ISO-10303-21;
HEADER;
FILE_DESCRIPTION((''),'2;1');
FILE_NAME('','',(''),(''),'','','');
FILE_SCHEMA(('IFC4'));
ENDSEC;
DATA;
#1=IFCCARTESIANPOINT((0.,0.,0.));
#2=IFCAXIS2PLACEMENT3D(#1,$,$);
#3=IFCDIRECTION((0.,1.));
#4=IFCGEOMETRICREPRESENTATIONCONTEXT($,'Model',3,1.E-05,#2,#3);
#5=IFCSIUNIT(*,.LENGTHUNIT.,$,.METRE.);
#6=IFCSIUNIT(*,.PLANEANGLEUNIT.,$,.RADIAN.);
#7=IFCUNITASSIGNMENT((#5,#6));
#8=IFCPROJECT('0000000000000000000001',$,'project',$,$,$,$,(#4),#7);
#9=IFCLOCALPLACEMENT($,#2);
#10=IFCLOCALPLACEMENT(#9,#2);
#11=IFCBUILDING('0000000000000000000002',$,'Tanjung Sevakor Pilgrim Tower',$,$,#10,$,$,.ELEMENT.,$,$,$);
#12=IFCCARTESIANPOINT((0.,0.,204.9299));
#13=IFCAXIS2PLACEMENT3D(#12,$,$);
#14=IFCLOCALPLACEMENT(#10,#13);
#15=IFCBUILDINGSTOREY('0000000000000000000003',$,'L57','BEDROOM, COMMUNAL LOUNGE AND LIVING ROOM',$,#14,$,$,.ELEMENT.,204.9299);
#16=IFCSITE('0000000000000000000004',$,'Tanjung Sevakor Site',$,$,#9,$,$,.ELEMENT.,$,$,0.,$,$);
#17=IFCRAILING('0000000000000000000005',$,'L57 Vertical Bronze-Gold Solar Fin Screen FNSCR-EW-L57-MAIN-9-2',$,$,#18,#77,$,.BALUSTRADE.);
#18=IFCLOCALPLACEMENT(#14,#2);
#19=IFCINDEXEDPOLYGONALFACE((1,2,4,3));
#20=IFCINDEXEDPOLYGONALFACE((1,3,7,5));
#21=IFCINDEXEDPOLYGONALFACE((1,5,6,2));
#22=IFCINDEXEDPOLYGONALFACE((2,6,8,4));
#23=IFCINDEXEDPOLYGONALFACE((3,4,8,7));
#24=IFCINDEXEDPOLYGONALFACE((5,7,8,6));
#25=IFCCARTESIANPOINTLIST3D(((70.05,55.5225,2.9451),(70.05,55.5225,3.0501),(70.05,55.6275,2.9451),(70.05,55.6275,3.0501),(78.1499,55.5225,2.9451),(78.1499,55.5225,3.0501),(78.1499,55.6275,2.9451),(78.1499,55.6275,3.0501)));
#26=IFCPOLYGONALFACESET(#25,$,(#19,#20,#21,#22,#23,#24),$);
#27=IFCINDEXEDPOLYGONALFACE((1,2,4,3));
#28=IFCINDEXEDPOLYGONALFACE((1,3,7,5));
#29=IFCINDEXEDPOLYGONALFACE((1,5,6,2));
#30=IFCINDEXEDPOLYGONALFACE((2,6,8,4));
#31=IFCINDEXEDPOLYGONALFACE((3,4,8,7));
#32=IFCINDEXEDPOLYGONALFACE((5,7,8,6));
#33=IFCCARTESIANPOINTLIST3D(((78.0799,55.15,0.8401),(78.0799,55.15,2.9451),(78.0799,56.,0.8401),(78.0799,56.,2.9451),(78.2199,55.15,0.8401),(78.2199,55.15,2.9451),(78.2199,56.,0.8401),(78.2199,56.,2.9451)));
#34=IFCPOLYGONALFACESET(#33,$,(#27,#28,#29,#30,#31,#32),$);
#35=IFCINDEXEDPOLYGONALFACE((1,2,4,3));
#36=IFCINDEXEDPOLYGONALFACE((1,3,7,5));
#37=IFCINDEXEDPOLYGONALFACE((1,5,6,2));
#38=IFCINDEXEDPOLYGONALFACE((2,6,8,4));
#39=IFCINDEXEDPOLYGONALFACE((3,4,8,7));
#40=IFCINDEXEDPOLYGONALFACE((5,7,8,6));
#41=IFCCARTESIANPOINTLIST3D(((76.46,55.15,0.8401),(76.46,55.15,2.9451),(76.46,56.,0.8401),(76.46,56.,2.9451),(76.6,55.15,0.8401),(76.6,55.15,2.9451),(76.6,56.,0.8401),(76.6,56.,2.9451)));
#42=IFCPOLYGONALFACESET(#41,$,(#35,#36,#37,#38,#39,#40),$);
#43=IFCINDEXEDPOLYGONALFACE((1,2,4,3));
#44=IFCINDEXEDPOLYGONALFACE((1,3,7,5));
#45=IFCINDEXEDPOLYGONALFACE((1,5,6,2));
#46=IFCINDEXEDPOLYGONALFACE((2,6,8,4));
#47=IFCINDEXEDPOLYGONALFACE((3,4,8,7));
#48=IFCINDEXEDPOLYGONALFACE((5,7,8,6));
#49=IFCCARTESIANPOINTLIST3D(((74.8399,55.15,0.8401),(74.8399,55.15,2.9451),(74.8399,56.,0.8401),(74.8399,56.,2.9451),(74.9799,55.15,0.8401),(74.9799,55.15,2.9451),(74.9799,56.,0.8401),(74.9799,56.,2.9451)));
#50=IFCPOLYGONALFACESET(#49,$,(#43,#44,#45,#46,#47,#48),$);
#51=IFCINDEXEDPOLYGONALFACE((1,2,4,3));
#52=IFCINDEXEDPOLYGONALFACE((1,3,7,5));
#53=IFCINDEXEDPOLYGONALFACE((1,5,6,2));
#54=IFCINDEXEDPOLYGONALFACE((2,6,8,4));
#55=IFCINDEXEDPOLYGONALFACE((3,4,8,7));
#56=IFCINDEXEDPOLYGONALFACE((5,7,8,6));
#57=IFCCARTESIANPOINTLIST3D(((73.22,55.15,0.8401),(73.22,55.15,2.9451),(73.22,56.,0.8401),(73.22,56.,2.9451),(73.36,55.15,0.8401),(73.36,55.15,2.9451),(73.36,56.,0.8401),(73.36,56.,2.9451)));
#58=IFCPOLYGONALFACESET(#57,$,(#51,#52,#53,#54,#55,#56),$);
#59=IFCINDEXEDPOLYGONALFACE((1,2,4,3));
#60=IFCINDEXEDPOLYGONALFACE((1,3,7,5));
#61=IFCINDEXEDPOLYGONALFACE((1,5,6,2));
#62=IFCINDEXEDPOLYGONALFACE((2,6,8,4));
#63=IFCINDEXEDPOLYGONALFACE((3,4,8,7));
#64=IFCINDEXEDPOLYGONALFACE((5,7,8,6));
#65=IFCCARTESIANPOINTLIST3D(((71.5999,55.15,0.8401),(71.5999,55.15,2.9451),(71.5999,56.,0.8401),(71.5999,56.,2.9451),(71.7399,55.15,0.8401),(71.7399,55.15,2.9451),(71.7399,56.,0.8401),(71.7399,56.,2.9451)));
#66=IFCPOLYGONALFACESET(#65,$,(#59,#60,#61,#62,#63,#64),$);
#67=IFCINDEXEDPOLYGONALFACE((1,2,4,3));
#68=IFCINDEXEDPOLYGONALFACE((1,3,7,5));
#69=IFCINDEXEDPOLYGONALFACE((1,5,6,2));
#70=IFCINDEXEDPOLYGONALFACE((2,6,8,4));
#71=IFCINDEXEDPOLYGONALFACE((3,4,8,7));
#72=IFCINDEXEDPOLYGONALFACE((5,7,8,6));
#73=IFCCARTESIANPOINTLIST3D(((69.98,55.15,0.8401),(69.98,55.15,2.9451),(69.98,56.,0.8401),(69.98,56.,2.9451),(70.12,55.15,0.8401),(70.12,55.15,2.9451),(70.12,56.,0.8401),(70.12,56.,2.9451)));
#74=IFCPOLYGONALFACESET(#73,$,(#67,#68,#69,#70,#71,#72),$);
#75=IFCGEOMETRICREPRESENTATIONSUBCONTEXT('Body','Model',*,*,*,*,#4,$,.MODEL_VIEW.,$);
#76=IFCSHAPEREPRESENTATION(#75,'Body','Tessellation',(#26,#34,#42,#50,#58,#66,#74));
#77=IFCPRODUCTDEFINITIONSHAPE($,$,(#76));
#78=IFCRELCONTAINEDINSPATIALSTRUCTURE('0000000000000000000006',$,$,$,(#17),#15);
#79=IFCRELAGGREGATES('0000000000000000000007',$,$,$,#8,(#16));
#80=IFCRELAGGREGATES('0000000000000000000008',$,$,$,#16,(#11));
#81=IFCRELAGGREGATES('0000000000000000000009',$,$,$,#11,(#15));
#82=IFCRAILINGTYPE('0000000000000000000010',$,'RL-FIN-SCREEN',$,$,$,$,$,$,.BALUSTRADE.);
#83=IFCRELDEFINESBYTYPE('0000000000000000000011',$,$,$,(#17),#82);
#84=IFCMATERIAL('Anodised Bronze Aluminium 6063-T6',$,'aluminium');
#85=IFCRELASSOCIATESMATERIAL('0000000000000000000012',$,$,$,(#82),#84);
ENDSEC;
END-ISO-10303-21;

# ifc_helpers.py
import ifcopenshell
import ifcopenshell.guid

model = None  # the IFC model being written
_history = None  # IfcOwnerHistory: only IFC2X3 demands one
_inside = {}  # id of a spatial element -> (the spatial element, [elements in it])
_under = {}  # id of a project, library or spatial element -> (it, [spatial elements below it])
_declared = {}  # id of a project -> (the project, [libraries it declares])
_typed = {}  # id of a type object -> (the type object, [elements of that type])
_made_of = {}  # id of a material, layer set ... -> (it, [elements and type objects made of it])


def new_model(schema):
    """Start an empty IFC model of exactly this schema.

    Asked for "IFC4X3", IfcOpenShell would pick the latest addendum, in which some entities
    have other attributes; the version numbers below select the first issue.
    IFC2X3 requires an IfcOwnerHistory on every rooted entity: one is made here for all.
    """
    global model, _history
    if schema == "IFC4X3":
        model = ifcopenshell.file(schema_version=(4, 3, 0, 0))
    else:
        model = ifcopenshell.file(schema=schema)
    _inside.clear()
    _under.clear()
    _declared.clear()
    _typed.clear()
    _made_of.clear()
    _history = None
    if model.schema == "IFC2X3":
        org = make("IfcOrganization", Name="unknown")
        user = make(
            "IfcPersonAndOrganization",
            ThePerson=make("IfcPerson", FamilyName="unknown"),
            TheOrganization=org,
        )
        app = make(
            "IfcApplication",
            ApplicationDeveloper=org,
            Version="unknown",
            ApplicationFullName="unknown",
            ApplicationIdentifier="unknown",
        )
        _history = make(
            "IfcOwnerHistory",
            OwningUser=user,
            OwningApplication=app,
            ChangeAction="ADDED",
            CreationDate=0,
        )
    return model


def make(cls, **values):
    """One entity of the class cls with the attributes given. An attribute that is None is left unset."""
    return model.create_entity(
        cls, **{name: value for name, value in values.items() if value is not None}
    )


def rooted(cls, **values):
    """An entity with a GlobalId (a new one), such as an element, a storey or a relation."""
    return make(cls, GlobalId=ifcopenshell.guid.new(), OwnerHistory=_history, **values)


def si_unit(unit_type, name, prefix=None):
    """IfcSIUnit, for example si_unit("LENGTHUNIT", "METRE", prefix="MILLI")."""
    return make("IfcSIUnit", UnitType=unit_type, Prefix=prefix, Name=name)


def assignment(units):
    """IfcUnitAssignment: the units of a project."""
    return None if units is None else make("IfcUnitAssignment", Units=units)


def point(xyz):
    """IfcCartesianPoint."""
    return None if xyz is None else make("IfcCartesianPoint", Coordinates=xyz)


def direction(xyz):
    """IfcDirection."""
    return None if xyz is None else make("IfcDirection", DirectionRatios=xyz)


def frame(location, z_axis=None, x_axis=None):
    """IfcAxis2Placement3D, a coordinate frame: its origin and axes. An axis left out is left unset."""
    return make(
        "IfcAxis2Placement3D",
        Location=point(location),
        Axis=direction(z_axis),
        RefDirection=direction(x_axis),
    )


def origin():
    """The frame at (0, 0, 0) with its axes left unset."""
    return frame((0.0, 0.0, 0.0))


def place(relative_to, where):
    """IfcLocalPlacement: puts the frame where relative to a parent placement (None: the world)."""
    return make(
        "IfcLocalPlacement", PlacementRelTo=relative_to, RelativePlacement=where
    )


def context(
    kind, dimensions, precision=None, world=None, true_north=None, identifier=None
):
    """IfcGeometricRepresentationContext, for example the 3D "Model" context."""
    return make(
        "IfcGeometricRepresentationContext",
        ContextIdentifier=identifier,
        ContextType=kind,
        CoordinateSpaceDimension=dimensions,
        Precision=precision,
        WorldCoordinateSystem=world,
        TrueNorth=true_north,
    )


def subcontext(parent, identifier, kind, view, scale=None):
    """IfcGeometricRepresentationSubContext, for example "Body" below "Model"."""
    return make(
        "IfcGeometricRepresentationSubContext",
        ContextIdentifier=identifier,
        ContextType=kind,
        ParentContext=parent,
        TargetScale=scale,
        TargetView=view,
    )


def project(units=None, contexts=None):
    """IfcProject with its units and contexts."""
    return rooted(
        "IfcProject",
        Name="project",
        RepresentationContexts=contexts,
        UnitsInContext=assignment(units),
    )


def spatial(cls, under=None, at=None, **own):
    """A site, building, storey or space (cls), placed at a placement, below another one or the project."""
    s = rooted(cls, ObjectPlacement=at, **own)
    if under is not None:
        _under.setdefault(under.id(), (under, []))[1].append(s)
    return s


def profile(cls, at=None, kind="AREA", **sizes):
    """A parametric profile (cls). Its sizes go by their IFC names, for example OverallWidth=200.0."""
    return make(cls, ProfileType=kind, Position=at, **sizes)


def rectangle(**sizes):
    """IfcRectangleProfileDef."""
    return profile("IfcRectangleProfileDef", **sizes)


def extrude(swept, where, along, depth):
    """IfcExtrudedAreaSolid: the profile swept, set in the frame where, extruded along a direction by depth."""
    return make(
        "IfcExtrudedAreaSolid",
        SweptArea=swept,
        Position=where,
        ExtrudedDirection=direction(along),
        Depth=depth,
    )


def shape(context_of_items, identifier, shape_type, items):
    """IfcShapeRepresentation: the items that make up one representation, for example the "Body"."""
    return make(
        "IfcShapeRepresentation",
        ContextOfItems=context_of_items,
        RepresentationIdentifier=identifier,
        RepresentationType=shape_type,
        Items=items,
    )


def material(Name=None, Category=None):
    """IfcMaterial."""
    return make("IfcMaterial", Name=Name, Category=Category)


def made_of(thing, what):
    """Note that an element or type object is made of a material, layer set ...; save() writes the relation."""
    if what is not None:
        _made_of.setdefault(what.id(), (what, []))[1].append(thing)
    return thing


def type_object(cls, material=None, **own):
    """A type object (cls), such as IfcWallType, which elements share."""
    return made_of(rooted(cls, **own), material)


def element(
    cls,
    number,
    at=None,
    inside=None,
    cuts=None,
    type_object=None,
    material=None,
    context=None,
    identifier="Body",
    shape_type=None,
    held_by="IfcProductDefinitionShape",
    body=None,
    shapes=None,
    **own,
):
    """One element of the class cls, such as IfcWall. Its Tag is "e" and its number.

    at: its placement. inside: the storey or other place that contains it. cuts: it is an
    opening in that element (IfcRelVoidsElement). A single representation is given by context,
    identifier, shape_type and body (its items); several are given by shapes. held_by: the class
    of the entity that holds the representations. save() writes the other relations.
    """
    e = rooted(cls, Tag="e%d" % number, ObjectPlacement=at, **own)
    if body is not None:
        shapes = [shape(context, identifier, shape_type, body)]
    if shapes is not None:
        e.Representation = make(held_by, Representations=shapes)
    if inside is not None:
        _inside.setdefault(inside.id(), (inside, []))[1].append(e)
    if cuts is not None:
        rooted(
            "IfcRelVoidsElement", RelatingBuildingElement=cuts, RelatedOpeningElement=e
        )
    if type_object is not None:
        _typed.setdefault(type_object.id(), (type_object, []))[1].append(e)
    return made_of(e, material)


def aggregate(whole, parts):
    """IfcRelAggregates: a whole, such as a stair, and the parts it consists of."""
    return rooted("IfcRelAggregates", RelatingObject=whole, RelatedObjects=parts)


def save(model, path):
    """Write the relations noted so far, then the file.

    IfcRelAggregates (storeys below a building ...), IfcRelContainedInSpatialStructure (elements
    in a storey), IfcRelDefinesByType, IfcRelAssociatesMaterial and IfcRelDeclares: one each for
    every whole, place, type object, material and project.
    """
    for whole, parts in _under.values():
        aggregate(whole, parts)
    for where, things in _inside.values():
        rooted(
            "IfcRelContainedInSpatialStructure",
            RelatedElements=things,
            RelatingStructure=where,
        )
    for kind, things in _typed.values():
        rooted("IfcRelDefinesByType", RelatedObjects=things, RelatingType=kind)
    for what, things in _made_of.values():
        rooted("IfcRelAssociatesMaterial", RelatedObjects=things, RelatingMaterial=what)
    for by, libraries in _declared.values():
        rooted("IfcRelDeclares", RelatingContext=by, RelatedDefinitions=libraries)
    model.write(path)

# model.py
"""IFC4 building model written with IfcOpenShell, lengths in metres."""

from ifc_helpers import new_model, si_unit, direction, frame, origin, place, context, subcontext, project, spatial, rectangle, extrude, material, type_object, element, save


model = new_model("IFC4")

# Units and contexts
model_context = context("Model", 3, precision=1e-05, world=origin(), true_north=direction((0.0, 1.0)))
body_context = subcontext(model_context, "Body", "Model", "MODEL_VIEW")
ifc_project = project(units=[si_unit("LENGTHUNIT", "METRE"), si_unit("PLANEANGLEUNIT", "RADIAN")], contexts=[model_context])

# Site, building, storey
site_placement = place(None, origin())
site = spatial("IfcSite", under=ifc_project, at=site_placement, Name="Tanjung Sevakor Site", CompositionType="ELEMENT", RefElevation=0.0)
building_placement = place(site_placement, origin())
building = spatial("IfcBuilding", under=site, at=building_placement, Name="Tanjung Sevakor Pilgrim Tower", CompositionType="ELEMENT")
storey_placement = place(building_placement, frame((0.0, 0.0, 204.9299)))
storey = spatial("IfcBuildingStorey", under=building, at=storey_placement, Name="L57", Description="BEDROOM, COMMUNAL LOUNGE AND LIVING ROOM", CompositionType="ELEMENT", Elevation=204.9299)

# Railing
ifc_material_1 = material(Name="Anodised Bronze Aluminium 6063-T6", Category="aluminium")
railing_type_1 = type_object("IfcRailingType", Name="RL-FIN-SCREEN", PredefinedType="BALUSTRADE", material=ifc_material_1)
railing_1_placement = place(storey_placement, frame((78.1499, 55.575, 0.8401)))
element("IfcRailing", 1, at=railing_1_placement, inside=storey, type_object=railing_type_1, Name="L57 Vertical Bronze-Gold Solar Fin Screen FNSCR-EW-L57-MAIN-9-2", PredefinedType="BALUSTRADE", context=body_context, shape_type="SweptSolid", body=[
    extrude(rectangle(XDim=0.105, YDim=0.105), frame((0.0, 0.0, 2.1575), z_axis=(-1.0, 0.0, 0.0), x_axis=(0.0, -1.0, 0.0)), (0.0, 0.0, 1.0), 8.0999),
    extrude(rectangle(XDim=0.14, YDim=0.85), origin(), (0.0, 0.0, 1.0), 2.105),
    extrude(rectangle(XDim=0.14, YDim=0.85), frame((-1.6199, 0.0, 0.0)), (0.0, 0.0, 1.0), 2.105),
    extrude(rectangle(XDim=0.14, YDim=0.85), frame((-3.24, 0.0, 0.0)), (0.0, 0.0, 1.0), 2.105),
    extrude(rectangle(XDim=0.14, YDim=0.85), frame((-4.8599, 0.0, 0.0)), (0.0, 0.0, 1.0), 2.105),
    extrude(rectangle(XDim=0.14, YDim=0.85), frame((-6.48, 0.0, 0.0)), (0.0, 0.0, 1.0), 2.105),
    extrude(rectangle(XDim=0.14, YDim=0.85), frame((-8.0999, 0.0, 0.0)), (0.0, 0.0, 1.0), 2.105),
])

save(model, "model.ifc")
